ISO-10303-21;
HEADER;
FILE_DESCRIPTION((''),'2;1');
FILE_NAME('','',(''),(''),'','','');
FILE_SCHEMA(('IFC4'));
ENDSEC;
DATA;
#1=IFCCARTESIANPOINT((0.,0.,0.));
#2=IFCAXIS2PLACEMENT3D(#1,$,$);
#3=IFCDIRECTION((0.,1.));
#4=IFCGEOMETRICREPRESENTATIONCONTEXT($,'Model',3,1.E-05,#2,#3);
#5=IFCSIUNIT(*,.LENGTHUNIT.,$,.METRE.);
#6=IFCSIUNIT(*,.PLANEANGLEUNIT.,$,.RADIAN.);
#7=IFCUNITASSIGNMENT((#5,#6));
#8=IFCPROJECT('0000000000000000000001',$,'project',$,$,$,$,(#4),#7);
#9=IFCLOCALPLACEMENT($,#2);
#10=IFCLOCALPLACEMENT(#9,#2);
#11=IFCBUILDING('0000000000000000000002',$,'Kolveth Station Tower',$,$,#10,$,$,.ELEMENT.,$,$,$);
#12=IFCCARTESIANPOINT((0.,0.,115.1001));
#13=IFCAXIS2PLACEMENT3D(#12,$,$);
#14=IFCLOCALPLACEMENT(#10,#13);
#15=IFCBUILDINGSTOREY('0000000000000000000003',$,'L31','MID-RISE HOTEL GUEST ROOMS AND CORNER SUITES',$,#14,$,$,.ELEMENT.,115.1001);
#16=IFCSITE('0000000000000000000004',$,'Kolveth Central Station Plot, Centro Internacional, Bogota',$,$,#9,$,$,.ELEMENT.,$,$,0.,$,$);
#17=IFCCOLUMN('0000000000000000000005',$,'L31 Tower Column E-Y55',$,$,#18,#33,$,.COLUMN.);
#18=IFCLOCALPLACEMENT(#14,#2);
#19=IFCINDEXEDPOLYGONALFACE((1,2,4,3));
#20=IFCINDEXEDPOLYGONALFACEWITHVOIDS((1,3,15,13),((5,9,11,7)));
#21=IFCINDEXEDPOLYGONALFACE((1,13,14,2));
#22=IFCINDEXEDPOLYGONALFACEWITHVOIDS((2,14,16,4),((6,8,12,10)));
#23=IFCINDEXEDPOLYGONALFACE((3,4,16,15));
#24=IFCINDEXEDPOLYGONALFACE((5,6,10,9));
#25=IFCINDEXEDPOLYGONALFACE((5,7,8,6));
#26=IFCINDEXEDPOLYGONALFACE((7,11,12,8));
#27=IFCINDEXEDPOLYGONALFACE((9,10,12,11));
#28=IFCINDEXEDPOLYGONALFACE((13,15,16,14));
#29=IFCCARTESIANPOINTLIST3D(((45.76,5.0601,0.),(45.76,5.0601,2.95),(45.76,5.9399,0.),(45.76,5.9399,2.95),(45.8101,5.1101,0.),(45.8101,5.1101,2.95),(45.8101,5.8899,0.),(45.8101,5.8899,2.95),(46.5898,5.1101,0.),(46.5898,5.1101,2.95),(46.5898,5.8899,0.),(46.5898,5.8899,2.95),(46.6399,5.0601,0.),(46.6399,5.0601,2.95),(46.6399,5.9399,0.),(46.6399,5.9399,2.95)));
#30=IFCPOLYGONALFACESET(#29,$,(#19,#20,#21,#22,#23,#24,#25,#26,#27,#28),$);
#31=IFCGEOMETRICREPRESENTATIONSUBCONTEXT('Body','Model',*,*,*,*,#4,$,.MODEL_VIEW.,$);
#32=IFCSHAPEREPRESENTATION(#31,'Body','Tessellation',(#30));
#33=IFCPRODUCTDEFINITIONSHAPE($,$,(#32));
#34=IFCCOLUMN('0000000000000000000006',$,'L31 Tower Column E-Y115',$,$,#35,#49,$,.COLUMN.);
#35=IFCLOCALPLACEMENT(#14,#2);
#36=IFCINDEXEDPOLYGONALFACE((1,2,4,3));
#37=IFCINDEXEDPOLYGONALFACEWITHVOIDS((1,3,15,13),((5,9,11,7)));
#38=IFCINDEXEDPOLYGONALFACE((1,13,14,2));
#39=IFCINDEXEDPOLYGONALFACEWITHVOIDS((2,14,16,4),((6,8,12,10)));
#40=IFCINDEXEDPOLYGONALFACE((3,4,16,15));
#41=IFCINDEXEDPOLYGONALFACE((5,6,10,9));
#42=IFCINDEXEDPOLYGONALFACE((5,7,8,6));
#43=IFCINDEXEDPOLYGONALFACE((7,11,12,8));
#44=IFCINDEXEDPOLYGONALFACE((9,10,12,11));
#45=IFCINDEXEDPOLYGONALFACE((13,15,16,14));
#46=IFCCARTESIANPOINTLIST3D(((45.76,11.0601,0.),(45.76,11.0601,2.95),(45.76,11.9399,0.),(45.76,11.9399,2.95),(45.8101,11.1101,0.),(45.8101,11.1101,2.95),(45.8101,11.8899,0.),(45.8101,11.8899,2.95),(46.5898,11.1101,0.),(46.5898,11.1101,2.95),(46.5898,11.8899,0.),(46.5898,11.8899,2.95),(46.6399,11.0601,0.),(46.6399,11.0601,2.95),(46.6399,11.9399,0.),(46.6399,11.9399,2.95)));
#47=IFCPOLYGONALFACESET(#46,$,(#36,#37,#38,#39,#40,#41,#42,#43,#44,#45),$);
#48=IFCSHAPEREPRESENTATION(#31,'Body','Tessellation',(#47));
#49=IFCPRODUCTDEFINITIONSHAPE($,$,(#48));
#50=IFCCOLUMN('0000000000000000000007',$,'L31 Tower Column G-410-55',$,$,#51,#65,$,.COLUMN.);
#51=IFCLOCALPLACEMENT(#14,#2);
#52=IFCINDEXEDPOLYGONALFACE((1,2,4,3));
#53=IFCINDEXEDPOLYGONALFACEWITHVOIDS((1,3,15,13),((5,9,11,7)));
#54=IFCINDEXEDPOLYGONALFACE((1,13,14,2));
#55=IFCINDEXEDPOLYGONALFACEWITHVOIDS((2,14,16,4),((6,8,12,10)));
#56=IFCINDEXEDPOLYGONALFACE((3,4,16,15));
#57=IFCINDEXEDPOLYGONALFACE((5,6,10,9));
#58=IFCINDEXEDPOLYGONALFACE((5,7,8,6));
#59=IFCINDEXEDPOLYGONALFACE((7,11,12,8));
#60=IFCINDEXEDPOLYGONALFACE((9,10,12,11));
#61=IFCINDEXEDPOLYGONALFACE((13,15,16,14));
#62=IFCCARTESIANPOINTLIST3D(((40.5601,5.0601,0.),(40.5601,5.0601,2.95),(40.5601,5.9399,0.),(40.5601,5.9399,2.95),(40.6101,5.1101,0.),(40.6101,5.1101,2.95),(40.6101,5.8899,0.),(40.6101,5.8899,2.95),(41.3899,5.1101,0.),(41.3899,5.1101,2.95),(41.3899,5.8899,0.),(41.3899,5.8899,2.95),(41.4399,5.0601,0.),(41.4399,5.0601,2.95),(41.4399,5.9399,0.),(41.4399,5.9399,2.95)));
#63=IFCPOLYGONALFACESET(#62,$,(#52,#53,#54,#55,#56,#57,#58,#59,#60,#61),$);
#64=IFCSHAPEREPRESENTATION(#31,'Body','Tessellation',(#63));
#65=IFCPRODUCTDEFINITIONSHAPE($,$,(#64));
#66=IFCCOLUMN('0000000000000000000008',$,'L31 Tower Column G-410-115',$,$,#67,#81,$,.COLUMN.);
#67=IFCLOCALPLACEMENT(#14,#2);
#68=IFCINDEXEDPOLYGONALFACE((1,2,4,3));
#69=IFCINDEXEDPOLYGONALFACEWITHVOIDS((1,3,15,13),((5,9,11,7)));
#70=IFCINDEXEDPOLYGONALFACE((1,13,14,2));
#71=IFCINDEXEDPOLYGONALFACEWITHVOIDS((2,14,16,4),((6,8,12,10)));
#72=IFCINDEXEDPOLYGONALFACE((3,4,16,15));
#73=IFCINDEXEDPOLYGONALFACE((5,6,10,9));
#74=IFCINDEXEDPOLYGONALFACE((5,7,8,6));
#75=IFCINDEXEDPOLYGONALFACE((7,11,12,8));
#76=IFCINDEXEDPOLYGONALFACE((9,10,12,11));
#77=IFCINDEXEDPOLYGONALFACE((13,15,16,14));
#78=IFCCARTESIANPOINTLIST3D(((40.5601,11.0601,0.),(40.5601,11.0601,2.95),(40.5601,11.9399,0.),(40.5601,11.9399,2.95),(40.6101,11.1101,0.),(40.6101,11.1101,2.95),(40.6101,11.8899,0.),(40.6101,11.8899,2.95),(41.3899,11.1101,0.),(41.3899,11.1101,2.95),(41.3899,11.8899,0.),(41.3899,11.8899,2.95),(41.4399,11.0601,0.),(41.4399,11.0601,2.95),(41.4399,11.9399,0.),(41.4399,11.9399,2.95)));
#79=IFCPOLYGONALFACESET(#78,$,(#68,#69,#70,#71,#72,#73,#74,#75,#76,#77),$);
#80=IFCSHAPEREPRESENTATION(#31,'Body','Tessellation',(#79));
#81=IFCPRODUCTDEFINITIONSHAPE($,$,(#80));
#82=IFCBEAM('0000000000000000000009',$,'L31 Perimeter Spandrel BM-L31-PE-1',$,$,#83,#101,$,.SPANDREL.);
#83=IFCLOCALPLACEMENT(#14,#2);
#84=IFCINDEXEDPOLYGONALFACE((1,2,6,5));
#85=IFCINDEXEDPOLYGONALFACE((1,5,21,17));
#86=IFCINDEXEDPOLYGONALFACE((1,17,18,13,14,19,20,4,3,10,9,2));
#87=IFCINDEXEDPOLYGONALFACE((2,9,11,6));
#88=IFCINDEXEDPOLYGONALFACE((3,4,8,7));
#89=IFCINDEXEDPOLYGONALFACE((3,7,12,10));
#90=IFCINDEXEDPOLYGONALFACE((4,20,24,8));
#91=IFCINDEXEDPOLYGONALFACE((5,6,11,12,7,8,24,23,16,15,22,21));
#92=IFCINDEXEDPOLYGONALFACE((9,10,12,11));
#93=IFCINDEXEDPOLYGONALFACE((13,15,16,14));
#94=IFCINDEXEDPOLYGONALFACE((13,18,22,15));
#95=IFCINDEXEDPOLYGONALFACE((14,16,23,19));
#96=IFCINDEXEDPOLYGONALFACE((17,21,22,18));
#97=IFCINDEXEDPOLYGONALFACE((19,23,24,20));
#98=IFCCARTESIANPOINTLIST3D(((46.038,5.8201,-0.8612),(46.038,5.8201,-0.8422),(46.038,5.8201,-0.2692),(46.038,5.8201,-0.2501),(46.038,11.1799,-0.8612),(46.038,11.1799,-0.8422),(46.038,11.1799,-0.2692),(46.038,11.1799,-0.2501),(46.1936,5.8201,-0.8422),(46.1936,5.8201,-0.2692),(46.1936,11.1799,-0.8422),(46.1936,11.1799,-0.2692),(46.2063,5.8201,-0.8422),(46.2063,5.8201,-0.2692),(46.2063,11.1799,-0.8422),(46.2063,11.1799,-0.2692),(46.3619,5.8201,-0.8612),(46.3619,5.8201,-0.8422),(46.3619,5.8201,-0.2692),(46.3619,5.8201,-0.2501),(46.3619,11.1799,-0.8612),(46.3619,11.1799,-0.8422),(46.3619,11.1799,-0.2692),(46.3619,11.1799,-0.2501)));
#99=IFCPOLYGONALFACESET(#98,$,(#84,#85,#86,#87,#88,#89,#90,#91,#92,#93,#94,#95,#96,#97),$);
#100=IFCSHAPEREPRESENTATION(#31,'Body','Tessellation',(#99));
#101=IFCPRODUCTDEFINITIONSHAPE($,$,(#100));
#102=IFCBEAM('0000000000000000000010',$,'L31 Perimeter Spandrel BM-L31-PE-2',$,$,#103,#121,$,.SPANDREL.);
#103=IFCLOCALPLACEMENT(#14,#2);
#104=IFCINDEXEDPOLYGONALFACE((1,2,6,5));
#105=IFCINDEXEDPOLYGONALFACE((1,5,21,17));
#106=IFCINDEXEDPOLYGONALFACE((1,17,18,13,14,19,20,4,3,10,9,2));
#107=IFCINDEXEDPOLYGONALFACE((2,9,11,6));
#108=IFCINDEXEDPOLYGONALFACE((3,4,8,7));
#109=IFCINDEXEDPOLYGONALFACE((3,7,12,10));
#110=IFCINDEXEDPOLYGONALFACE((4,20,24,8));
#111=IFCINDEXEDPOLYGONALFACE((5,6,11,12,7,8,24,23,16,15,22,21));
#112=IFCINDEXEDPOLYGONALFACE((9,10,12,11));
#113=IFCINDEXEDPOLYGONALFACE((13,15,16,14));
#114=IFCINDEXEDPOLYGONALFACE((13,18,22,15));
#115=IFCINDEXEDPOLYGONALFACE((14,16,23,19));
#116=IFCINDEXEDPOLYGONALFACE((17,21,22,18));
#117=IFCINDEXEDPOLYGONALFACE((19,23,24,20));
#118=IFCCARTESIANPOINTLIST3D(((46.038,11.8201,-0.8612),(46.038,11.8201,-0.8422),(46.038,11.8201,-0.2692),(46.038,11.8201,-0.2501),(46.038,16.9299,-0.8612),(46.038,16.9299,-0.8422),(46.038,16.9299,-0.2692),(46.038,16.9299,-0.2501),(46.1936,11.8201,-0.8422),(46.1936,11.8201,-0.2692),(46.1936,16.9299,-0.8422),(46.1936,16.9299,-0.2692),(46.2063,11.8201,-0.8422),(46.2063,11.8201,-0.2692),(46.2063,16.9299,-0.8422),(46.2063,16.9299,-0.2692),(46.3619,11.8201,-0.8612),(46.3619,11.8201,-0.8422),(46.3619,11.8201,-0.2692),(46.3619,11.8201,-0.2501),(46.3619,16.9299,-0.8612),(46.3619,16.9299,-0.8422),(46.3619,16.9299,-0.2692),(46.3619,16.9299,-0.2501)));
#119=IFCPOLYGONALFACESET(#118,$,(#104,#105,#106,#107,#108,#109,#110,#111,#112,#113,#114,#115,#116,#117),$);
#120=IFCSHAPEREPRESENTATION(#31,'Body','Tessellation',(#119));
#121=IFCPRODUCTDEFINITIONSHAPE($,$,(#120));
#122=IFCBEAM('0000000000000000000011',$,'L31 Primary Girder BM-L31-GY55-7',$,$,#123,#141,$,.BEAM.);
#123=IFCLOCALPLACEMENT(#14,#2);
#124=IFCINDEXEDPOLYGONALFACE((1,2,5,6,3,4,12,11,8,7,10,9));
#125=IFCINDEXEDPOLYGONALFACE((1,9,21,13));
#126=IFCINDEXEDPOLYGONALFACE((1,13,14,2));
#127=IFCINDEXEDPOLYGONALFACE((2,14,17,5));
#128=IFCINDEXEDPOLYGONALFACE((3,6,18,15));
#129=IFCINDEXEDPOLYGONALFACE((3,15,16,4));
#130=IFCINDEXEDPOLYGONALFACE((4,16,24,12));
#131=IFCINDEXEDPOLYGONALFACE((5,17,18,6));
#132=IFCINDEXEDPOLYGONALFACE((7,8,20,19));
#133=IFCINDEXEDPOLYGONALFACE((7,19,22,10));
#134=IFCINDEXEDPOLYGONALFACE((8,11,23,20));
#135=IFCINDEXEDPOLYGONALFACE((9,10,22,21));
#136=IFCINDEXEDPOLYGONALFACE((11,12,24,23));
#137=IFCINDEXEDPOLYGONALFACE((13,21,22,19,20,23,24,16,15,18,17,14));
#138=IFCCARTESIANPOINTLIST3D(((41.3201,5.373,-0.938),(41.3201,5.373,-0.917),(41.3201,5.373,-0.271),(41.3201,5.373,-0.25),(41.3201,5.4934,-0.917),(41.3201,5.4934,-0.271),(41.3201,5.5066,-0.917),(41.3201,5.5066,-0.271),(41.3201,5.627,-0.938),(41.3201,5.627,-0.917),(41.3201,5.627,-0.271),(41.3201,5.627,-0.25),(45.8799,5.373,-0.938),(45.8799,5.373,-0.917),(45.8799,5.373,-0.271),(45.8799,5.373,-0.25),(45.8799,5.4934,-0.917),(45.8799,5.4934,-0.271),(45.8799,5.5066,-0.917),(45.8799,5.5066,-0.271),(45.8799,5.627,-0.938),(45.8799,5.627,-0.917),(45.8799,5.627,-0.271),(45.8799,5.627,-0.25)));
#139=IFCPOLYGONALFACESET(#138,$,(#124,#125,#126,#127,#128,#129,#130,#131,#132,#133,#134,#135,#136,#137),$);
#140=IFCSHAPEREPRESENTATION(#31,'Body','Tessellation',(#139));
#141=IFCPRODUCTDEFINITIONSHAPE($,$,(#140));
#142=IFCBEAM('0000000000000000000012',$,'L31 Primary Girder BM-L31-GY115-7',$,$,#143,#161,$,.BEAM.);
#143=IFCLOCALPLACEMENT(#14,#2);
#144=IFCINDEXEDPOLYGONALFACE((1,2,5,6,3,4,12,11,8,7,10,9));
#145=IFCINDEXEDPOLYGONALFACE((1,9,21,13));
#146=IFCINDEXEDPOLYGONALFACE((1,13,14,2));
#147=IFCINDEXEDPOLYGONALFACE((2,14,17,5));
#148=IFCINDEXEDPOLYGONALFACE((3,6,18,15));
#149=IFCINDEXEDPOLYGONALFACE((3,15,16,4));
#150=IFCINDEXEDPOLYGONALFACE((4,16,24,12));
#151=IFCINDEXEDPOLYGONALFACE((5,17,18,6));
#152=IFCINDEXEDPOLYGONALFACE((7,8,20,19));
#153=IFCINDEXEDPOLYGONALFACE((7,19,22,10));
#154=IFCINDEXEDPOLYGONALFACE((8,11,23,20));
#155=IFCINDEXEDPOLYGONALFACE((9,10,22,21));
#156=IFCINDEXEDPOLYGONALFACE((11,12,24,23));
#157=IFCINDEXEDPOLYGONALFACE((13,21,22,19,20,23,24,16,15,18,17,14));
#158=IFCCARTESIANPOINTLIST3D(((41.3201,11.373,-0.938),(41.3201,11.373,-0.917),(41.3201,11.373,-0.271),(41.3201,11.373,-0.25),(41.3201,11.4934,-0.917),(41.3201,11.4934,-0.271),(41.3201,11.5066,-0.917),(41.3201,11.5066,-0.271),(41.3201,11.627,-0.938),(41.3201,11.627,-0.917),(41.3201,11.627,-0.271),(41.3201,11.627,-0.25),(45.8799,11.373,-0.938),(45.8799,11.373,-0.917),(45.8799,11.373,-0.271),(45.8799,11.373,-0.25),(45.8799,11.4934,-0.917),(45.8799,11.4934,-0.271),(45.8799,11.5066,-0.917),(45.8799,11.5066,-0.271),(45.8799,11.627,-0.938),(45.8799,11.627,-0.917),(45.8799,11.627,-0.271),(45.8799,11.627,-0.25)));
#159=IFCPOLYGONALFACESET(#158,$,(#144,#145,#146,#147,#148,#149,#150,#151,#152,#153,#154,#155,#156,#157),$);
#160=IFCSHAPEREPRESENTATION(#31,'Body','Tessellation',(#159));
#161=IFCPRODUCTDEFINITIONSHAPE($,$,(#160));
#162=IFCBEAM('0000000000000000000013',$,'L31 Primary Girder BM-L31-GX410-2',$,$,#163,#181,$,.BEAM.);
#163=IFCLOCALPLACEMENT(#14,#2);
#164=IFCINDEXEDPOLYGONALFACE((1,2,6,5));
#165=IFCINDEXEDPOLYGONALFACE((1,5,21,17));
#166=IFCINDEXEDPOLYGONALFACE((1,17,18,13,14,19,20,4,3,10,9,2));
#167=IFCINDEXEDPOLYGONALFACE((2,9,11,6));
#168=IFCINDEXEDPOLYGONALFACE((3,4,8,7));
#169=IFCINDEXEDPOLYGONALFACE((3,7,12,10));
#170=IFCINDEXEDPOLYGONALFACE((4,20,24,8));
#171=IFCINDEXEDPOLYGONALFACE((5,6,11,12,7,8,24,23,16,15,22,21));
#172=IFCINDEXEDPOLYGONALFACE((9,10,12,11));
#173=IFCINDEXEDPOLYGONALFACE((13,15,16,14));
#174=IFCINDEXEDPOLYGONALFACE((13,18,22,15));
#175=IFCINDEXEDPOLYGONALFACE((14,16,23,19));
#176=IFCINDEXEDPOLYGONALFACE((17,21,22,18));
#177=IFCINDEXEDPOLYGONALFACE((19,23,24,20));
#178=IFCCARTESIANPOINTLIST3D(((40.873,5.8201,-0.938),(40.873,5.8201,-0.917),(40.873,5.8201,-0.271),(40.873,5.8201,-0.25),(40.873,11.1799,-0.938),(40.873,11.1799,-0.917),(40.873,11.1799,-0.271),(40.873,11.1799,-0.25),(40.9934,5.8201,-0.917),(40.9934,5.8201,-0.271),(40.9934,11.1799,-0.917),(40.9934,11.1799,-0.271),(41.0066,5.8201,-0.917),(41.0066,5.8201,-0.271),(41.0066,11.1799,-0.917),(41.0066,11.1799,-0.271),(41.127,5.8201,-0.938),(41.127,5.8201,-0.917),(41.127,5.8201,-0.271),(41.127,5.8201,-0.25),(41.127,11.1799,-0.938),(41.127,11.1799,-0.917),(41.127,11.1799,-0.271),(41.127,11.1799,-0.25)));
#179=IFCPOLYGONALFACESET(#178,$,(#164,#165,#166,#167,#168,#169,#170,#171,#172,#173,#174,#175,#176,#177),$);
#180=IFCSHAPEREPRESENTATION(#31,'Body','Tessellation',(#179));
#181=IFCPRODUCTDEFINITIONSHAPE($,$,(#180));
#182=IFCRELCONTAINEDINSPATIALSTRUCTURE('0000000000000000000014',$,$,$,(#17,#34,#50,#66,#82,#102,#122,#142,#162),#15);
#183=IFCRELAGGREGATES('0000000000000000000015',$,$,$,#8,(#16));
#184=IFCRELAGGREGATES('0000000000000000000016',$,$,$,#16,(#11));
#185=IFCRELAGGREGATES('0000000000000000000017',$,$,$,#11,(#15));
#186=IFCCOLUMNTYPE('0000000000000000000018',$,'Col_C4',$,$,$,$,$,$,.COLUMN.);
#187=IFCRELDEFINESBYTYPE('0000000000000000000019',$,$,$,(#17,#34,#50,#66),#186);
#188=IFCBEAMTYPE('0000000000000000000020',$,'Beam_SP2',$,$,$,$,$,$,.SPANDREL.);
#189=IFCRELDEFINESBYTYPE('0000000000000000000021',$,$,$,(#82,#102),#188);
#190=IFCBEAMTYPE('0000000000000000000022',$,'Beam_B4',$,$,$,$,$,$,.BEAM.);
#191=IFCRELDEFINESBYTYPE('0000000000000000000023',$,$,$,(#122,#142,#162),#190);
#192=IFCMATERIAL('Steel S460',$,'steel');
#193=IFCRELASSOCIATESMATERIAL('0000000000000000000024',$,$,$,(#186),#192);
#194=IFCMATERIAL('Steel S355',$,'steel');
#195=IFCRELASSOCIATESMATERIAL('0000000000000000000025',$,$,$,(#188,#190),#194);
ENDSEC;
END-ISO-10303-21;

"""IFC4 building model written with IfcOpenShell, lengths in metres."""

from ifc_helpers import new_model, si_unit, direction, frame, origin, origin_2d, place, context, subcontext, project, spatial, hollow_rectangle, i_section, extrude, source, transform, mapped, material, material_profile, profile_set, type_object, element, save


model = new_model("IFC4")

# Units and contexts
model_context = context("Model", 3, precision=1e-05, world=origin(), true_north=direction((0.0, 1.0)))
body_context = subcontext(model_context, "Body", "Model", "MODEL_VIEW")
ifc_project = project(units=[si_unit("LENGTHUNIT", "METRE"), si_unit("PLANEANGLEUNIT", "RADIAN")], contexts=[model_context])

# Site, building, storey
site_placement = place(None, origin())
site = spatial("IfcSite", under=ifc_project, at=site_placement, Name="Kolveth Central Station Plot, Centro Internacional, Bogota", CompositionType="ELEMENT", RefElevation=0.0)
building_placement = place(site_placement, origin())
building = spatial("IfcBuilding", under=site, at=building_placement, Name="Kolveth Station Tower", CompositionType="ELEMENT")
storey_placement = place(building_placement, frame((0.0, 0.0, 115.1001)))
storey = spatial("IfcBuildingStorey", under=building, at=storey_placement, Name="L31", Description="MID-RISE HOTEL GUEST ROOMS AND CORNER SUITES", CompositionType="ELEMENT", Elevation=115.1001)

# Columns
ifc_material_1 = material(Name="Steel S460", Category="steel")
ifc_material_profile_1 = material_profile(ifc_material_1, hollow_rectangle(XDim=0.8799, YDim=0.8799, WallThickness=0.05, at=origin_2d()), Name="BOX880x880x50")
ifc_profile_set_1 = profile_set([ifc_material_profile_1], Name="Steel S460")
column_type = type_object("IfcColumnType", Name="Col_C4", PredefinedType="COLUMN", material=ifc_profile_set_1)
shared_shape_1 = source(origin(), body_context, "Body", "SweptSolid", [
    extrude(hollow_rectangle(XDim=0.8799, YDim=0.8799, WallThickness=0.05, at=origin_2d()), origin(), (0.0, 0.0, 1.0), 2.95),
])
for number, where, z_axis, x_axis, name in (
    (1, (46.2, 5.5, 0.0), (0.0, 0.0, 1.0), (1.0, 0.0, 0.0), "L31 Tower Column E-Y55"),
    (2, (46.2, 11.5, 0.0), (0.0, 0.0, 1.0), (1.0, 0.0, 0.0), "L31 Tower Column E-Y115"),
    (3, (41.0, 5.5, 0.0), (0.0, 0.0, 1.0), (1.0, 0.0, 0.0), "L31 Tower Column G-410-55"),
    (4, (41.0, 11.5, 0.0), (0.0, 0.0, 1.0), (1.0, 0.0, 0.0), "L31 Tower Column G-410-115"),
):
    element("IfcColumn", number, at=place(storey_placement, frame(where, z_axis=z_axis, x_axis=x_axis)), inside=storey, type_object=column_type, Name=name, PredefinedType="COLUMN", context=body_context, shape_type="MappedRepresentation", body=[
        mapped(shared_shape_1, transform((0.0, 0.0, 0.0), x_axis=(1.0, 0.0, 0.0), y_axis=(0.0, 1.0, 0.0), z_axis=(0.0, 0.0, 1.0), scale=1.0)),
    ])

# Beams
ifc_material_2 = material(Name="Steel S355", Category="steel")
ifc_material_profile_2 = material_profile(ifc_material_2, i_section(OverallWidth=0.324, OverallDepth=0.6111, WebThickness=0.0127, FlangeThickness=0.019, at=origin_2d()), Name="W610x155")
ifc_profile_set_2 = profile_set([ifc_material_profile_2], Name="Steel S355")
beam_type_1 = type_object("IfcBeamType", Name="Beam_SP2", PredefinedType="SPANDREL", material=ifc_profile_set_2)
shared_shape_2 = source(origin(), body_context, "Body", "SweptSolid", [
    extrude(i_section(OverallWidth=0.324, OverallDepth=0.6111, WebThickness=0.0127, FlangeThickness=0.019, at=origin_2d()), origin(), (0.0, 0.0, 1.0), 5.3599),
])
beam_1_placement = place(storey_placement, frame((46.2, 5.8201, -0.5557), z_axis=(0.0, 1.0, 0.0), x_axis=(-1.0, 0.0, 0.0)))
element("IfcBeam", 5, at=beam_1_placement, inside=storey, type_object=beam_type_1, Name="L31 Perimeter Spandrel BM-L31-PE-1", PredefinedType="SPANDREL", context=body_context, shape_type="MappedRepresentation", body=[
    mapped(shared_shape_2, transform((0.0, 0.0, 0.0), x_axis=(1.0, 0.0, 0.0), y_axis=(0.0, 1.0, 0.0), z_axis=(0.0, 0.0, 1.0), scale=1.0)),
])
shared_shape_3 = source(origin(), body_context, "Body", "SweptSolid", [
    extrude(i_section(OverallWidth=0.324, OverallDepth=0.6111, WebThickness=0.0127, FlangeThickness=0.019, at=origin_2d()), origin(), (0.0, 0.0, 1.0), 5.1099),
])
beam_2_placement = place(storey_placement, frame((46.2, 11.8201, -0.5557), z_axis=(0.0, 1.0, 0.0), x_axis=(-1.0, 0.0, 0.0)))
element("IfcBeam", 6, at=beam_2_placement, inside=storey, type_object=beam_type_1, Name="L31 Perimeter Spandrel BM-L31-PE-2", PredefinedType="SPANDREL", context=body_context, shape_type="MappedRepresentation", body=[
    mapped(shared_shape_3, transform((0.0, 0.0, 0.0), x_axis=(1.0, 0.0, 0.0), y_axis=(0.0, 1.0, 0.0), z_axis=(0.0, 0.0, 1.0), scale=1.0)),
])
ifc_material_profile_3 = material_profile(ifc_material_2, i_section(OverallWidth=0.2539, OverallDepth=0.688, WebThickness=0.0132, FlangeThickness=0.021, at=origin_2d()), Name="W690x152")
ifc_profile_set_3 = profile_set([ifc_material_profile_3], Name="Steel S355")
beam_type_2 = type_object("IfcBeamType", Name="Beam_B4", PredefinedType="BEAM", material=ifc_profile_set_3)
shared_shape_4 = source(origin(), body_context, "Body", "SweptSolid", [
    extrude(i_section(OverallWidth=0.2539, OverallDepth=0.688, WebThickness=0.0132, FlangeThickness=0.021, at=origin_2d()), origin(), (0.0, 0.0, 1.0), 4.5598),
])
for number, where, z_axis, x_axis, name in (
    (7, (41.3201, 5.5, -0.594), (1.0, 0.0, 0.0), (0.0, 1.0, 0.0), "L31 Primary Girder BM-L31-GY55-7"),
    (8, (41.3201, 11.5, -0.594), (1.0, 0.0, 0.0), (0.0, 1.0, 0.0), "L31 Primary Girder BM-L31-GY115-7"),
):
    element("IfcBeam", number, at=place(storey_placement, frame(where, z_axis=z_axis, x_axis=x_axis)), inside=storey, type_object=beam_type_2, Name=name, PredefinedType="BEAM", context=body_context, shape_type="MappedRepresentation", body=[
        mapped(shared_shape_4, transform((0.0, 0.0, 0.0), x_axis=(1.0, 0.0, 0.0), y_axis=(0.0, 1.0, 0.0), z_axis=(0.0, 0.0, 1.0), scale=1.0)),
    ])
shared_shape_5 = source(origin(), body_context, "Body", "SweptSolid", [
    extrude(i_section(OverallWidth=0.2539, OverallDepth=0.688, WebThickness=0.0132, FlangeThickness=0.021, at=origin_2d()), origin(), (0.0, 0.0, 1.0), 5.3599),
])
beam_3_placement = place(storey_placement, frame((41.0, 5.8201, -0.594), z_axis=(0.0, 1.0, 0.0), x_axis=(-1.0, 0.0, 0.0)))
element("IfcBeam", 9, at=beam_3_placement, inside=storey, type_object=beam_type_2, Name="L31 Primary Girder BM-L31-GX410-2", PredefinedType="BEAM", context=body_context, shape_type="MappedRepresentation", body=[
    mapped(shared_shape_5, transform((0.0, 0.0, 0.0), x_axis=(1.0, 0.0, 0.0), y_axis=(0.0, 1.0, 0.0), z_axis=(0.0, 0.0, 1.0), scale=1.0)),
])

save(model, "model.ifc")
